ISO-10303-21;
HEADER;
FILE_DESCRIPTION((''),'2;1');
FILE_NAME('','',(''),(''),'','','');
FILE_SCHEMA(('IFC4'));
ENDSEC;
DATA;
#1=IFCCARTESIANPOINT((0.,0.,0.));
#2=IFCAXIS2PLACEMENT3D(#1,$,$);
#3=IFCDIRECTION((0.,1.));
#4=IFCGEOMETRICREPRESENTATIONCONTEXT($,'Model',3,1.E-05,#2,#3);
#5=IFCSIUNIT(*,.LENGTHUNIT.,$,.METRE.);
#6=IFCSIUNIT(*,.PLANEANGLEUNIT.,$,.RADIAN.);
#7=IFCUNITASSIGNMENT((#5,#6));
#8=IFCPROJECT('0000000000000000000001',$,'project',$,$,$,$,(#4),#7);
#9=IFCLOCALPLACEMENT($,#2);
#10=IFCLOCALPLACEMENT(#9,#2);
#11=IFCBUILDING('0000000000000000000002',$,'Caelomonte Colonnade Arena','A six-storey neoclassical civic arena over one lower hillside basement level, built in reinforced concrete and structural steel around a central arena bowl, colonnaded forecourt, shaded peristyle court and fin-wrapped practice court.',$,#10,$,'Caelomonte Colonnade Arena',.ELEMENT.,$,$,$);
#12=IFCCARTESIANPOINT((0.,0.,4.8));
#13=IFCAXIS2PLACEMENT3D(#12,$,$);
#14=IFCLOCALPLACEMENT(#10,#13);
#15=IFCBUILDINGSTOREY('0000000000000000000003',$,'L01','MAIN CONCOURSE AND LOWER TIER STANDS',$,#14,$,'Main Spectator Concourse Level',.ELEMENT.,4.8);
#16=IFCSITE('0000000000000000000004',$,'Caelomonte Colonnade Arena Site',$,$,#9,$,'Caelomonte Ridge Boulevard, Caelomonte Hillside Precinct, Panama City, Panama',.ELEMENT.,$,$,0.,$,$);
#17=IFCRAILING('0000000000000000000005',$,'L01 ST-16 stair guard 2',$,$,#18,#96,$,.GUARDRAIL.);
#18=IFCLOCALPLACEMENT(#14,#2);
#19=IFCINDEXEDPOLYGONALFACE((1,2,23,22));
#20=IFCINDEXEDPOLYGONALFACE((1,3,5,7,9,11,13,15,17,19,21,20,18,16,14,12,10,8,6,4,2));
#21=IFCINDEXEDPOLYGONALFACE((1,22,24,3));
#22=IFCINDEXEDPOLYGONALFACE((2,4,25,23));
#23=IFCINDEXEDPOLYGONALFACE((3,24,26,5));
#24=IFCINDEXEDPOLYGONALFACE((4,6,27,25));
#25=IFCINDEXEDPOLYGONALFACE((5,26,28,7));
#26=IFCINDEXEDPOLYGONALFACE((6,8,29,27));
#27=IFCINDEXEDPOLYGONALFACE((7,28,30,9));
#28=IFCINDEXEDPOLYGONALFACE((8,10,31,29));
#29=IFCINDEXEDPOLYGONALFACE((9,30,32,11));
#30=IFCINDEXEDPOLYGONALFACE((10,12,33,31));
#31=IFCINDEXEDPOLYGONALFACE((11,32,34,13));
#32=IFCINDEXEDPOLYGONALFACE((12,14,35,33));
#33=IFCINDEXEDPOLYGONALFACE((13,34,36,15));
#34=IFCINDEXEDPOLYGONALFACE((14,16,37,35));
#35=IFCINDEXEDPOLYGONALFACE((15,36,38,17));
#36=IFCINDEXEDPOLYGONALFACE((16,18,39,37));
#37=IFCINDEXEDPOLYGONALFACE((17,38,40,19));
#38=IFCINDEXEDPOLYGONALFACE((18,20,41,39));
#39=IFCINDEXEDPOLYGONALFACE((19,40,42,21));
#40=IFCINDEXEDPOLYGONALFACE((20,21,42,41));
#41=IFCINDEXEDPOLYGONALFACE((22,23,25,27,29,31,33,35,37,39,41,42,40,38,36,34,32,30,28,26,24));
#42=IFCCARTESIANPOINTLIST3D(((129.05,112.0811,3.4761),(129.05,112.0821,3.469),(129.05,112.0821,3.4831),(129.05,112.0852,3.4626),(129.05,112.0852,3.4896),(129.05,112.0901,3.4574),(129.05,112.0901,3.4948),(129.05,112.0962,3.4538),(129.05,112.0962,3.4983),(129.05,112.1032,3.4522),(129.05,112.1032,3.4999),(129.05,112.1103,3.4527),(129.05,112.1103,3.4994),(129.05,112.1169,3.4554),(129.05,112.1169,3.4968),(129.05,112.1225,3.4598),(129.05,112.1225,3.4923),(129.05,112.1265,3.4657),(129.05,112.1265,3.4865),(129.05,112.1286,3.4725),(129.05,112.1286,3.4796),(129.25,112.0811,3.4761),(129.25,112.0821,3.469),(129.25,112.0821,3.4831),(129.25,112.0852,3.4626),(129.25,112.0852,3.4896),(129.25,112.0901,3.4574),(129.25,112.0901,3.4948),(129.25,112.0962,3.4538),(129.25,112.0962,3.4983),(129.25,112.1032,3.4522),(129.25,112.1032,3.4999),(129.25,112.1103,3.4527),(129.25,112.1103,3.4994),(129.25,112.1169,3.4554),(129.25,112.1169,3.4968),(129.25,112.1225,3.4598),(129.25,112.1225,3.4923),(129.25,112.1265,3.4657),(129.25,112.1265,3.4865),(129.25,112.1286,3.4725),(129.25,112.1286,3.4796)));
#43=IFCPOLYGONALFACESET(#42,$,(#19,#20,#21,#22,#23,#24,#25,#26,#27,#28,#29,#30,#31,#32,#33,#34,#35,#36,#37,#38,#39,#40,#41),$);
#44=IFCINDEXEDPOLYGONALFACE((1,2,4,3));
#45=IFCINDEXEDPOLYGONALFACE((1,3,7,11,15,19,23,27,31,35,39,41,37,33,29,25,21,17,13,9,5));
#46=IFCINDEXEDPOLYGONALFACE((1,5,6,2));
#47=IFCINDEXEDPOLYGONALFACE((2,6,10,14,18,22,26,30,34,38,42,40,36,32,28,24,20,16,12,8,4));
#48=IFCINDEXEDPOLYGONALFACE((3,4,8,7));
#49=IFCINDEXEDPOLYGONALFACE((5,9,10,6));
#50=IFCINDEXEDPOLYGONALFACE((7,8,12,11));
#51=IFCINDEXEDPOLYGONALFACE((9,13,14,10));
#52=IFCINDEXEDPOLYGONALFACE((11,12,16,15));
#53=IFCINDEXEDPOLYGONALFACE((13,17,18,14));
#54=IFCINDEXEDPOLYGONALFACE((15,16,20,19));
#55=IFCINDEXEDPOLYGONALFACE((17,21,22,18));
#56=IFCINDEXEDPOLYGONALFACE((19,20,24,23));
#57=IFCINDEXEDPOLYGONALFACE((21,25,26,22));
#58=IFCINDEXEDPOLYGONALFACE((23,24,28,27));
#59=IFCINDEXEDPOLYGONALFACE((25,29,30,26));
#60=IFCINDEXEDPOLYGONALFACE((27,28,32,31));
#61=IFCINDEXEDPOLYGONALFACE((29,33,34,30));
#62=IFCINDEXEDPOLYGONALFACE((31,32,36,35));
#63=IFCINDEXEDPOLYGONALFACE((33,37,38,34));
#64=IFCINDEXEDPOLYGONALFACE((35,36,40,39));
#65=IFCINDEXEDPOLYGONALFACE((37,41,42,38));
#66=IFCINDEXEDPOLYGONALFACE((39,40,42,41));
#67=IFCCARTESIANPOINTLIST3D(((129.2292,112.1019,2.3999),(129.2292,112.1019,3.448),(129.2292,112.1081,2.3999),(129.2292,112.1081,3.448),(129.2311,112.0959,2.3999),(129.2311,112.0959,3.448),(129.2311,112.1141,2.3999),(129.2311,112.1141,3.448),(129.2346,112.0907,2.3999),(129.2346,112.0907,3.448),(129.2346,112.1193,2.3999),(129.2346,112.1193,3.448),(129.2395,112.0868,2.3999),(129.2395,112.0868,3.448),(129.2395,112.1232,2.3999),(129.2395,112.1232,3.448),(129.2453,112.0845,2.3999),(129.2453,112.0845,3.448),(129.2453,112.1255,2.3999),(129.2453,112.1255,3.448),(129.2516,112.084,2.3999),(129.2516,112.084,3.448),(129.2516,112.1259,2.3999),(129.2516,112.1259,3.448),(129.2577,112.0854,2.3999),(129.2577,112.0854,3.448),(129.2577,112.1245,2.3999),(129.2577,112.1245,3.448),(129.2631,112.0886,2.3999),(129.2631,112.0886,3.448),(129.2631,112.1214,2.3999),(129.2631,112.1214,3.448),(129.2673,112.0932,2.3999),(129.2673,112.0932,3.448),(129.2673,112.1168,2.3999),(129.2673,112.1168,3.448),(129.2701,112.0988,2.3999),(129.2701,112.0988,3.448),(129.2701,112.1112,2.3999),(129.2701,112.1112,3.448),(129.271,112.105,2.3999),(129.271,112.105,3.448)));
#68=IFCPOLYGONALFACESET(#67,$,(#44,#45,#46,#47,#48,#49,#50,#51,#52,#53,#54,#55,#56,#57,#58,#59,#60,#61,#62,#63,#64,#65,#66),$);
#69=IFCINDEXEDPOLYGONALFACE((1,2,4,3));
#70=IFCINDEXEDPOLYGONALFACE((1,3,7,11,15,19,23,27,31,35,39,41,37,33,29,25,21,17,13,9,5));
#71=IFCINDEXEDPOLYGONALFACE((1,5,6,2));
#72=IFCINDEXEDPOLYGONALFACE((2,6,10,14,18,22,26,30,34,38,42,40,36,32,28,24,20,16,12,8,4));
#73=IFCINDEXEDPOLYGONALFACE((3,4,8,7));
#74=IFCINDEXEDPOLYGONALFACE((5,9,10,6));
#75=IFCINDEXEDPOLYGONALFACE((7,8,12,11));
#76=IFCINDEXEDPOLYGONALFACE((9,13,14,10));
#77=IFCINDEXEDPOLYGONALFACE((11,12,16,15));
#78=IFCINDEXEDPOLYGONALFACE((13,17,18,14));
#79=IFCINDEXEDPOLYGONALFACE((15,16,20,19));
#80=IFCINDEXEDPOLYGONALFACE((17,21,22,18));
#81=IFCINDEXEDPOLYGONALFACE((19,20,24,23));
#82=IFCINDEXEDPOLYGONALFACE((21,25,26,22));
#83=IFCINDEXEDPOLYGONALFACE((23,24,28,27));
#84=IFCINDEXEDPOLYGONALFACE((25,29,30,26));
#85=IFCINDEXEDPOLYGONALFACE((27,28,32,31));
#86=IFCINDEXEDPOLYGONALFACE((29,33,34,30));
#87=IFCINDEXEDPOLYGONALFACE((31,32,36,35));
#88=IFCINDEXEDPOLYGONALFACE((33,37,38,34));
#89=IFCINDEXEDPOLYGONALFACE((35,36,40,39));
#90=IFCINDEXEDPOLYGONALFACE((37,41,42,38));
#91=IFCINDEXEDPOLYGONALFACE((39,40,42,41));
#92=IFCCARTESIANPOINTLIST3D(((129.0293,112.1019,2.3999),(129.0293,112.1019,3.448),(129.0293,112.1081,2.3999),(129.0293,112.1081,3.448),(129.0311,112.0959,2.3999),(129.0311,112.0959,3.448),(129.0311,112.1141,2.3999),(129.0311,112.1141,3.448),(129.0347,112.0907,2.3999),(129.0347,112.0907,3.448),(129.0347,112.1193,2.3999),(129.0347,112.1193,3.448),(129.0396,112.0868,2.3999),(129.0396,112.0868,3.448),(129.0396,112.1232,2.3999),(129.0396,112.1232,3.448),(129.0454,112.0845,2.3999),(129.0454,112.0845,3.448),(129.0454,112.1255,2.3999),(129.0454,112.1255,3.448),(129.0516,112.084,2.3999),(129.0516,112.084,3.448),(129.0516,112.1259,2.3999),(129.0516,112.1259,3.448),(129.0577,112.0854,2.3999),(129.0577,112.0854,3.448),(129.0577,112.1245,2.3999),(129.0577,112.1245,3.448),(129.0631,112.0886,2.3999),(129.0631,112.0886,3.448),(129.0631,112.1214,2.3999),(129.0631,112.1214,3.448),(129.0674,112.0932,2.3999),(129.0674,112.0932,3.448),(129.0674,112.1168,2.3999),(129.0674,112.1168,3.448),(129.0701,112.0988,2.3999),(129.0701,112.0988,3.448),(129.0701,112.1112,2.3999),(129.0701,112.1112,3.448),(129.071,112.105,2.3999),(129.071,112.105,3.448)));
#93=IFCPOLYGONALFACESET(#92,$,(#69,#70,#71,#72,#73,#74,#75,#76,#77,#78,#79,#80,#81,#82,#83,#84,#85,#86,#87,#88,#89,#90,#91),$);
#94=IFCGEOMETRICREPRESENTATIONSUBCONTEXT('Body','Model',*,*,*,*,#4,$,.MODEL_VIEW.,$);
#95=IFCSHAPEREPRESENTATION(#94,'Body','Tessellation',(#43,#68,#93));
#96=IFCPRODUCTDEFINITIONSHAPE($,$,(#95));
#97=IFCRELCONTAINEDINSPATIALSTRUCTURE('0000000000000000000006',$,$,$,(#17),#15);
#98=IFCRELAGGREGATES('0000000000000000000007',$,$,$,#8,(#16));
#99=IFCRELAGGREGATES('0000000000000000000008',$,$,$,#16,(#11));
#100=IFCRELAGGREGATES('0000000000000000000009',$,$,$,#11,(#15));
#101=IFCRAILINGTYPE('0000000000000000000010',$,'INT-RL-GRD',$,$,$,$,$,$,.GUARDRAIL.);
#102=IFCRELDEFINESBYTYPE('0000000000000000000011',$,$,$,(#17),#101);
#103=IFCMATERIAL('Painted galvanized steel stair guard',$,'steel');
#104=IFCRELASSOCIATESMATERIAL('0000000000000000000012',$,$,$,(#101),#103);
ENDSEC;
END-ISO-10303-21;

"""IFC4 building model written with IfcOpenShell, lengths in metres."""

from ifc_helpers import new_model, si_unit, direction, frame, origin, origin_2d, place, context, subcontext, project, spatial, circle, extrude, material, type_object, element, save


model = new_model("IFC4")

# Units and contexts
model_context = context("Model", 3, precision=1e-05, world=origin(), true_north=direction((0.0, 1.0)))
body_context = subcontext(model_context, "Body", "Model", "MODEL_VIEW")
ifc_project = project(units=[si_unit("LENGTHUNIT", "METRE"), si_unit("PLANEANGLEUNIT", "RADIAN")], contexts=[model_context])

# Site, building, storey
site_placement = place(None, origin())
site = spatial("IfcSite", under=ifc_project, at=site_placement, Name="Caelomonte Colonnade Arena Site", LongName="Caelomonte Ridge Boulevard, Caelomonte Hillside Precinct, Panama City, Panama", CompositionType="ELEMENT", RefElevation=0.0)
building_placement = place(site_placement, origin())
building = spatial("IfcBuilding", under=site, at=building_placement, Name="Caelomonte Colonnade Arena", Description="A six-storey neoclassical civic arena over one lower hillside basement level, built in reinforced concrete and structural steel around a central arena bowl, colonnaded forecourt, shaded peristyle court and fin-wrapped practice court.", LongName="Caelomonte Colonnade Arena", CompositionType="ELEMENT")
storey_placement = place(building_placement, frame((0.0, 0.0, 4.8)))
storey = spatial("IfcBuildingStorey", under=building, at=storey_placement, Name="L01", Description="MAIN CONCOURSE AND LOWER TIER STANDS", LongName="Main Spectator Concourse Level", CompositionType="ELEMENT", Elevation=4.8)

# Railing
ifc_material_1 = material(Name="Painted galvanized steel stair guard", Category="steel")
railing_type_1 = type_object("IfcRailingType", Name="INT-RL-GRD", PredefinedType="GUARDRAIL", material=ifc_material_1)
railing_1_placement = place(storey_placement, frame((129.25, 112.105, 2.3999)))
element("IfcRailing", 1, at=railing_1_placement, inside=storey, type_object=railing_type_1, Name="L01 ST-16 stair guard 2", PredefinedType="GUARDRAIL", context=body_context, shape_type="SweptSolid", body=[
    extrude(circle(Radius=0.0239, at=origin_2d()), frame((0.0, 0.0, 1.0762), z_axis=(-1.0, 0.0, 0.0), x_axis=(0.0, -1.0, 0.0)), (0.0, 0.0, 1.0), 0.2),
    extrude(circle(Radius=0.021, at=origin_2d()), origin(), (0.0, 0.0, 1.0), 1.0481),
    extrude(circle(Radius=0.021, at=origin_2d()), frame((-0.2, 0.0, 0.0)), (0.0, 0.0, 1.0), 1.0481),
])

save(model, "model.ifc")
